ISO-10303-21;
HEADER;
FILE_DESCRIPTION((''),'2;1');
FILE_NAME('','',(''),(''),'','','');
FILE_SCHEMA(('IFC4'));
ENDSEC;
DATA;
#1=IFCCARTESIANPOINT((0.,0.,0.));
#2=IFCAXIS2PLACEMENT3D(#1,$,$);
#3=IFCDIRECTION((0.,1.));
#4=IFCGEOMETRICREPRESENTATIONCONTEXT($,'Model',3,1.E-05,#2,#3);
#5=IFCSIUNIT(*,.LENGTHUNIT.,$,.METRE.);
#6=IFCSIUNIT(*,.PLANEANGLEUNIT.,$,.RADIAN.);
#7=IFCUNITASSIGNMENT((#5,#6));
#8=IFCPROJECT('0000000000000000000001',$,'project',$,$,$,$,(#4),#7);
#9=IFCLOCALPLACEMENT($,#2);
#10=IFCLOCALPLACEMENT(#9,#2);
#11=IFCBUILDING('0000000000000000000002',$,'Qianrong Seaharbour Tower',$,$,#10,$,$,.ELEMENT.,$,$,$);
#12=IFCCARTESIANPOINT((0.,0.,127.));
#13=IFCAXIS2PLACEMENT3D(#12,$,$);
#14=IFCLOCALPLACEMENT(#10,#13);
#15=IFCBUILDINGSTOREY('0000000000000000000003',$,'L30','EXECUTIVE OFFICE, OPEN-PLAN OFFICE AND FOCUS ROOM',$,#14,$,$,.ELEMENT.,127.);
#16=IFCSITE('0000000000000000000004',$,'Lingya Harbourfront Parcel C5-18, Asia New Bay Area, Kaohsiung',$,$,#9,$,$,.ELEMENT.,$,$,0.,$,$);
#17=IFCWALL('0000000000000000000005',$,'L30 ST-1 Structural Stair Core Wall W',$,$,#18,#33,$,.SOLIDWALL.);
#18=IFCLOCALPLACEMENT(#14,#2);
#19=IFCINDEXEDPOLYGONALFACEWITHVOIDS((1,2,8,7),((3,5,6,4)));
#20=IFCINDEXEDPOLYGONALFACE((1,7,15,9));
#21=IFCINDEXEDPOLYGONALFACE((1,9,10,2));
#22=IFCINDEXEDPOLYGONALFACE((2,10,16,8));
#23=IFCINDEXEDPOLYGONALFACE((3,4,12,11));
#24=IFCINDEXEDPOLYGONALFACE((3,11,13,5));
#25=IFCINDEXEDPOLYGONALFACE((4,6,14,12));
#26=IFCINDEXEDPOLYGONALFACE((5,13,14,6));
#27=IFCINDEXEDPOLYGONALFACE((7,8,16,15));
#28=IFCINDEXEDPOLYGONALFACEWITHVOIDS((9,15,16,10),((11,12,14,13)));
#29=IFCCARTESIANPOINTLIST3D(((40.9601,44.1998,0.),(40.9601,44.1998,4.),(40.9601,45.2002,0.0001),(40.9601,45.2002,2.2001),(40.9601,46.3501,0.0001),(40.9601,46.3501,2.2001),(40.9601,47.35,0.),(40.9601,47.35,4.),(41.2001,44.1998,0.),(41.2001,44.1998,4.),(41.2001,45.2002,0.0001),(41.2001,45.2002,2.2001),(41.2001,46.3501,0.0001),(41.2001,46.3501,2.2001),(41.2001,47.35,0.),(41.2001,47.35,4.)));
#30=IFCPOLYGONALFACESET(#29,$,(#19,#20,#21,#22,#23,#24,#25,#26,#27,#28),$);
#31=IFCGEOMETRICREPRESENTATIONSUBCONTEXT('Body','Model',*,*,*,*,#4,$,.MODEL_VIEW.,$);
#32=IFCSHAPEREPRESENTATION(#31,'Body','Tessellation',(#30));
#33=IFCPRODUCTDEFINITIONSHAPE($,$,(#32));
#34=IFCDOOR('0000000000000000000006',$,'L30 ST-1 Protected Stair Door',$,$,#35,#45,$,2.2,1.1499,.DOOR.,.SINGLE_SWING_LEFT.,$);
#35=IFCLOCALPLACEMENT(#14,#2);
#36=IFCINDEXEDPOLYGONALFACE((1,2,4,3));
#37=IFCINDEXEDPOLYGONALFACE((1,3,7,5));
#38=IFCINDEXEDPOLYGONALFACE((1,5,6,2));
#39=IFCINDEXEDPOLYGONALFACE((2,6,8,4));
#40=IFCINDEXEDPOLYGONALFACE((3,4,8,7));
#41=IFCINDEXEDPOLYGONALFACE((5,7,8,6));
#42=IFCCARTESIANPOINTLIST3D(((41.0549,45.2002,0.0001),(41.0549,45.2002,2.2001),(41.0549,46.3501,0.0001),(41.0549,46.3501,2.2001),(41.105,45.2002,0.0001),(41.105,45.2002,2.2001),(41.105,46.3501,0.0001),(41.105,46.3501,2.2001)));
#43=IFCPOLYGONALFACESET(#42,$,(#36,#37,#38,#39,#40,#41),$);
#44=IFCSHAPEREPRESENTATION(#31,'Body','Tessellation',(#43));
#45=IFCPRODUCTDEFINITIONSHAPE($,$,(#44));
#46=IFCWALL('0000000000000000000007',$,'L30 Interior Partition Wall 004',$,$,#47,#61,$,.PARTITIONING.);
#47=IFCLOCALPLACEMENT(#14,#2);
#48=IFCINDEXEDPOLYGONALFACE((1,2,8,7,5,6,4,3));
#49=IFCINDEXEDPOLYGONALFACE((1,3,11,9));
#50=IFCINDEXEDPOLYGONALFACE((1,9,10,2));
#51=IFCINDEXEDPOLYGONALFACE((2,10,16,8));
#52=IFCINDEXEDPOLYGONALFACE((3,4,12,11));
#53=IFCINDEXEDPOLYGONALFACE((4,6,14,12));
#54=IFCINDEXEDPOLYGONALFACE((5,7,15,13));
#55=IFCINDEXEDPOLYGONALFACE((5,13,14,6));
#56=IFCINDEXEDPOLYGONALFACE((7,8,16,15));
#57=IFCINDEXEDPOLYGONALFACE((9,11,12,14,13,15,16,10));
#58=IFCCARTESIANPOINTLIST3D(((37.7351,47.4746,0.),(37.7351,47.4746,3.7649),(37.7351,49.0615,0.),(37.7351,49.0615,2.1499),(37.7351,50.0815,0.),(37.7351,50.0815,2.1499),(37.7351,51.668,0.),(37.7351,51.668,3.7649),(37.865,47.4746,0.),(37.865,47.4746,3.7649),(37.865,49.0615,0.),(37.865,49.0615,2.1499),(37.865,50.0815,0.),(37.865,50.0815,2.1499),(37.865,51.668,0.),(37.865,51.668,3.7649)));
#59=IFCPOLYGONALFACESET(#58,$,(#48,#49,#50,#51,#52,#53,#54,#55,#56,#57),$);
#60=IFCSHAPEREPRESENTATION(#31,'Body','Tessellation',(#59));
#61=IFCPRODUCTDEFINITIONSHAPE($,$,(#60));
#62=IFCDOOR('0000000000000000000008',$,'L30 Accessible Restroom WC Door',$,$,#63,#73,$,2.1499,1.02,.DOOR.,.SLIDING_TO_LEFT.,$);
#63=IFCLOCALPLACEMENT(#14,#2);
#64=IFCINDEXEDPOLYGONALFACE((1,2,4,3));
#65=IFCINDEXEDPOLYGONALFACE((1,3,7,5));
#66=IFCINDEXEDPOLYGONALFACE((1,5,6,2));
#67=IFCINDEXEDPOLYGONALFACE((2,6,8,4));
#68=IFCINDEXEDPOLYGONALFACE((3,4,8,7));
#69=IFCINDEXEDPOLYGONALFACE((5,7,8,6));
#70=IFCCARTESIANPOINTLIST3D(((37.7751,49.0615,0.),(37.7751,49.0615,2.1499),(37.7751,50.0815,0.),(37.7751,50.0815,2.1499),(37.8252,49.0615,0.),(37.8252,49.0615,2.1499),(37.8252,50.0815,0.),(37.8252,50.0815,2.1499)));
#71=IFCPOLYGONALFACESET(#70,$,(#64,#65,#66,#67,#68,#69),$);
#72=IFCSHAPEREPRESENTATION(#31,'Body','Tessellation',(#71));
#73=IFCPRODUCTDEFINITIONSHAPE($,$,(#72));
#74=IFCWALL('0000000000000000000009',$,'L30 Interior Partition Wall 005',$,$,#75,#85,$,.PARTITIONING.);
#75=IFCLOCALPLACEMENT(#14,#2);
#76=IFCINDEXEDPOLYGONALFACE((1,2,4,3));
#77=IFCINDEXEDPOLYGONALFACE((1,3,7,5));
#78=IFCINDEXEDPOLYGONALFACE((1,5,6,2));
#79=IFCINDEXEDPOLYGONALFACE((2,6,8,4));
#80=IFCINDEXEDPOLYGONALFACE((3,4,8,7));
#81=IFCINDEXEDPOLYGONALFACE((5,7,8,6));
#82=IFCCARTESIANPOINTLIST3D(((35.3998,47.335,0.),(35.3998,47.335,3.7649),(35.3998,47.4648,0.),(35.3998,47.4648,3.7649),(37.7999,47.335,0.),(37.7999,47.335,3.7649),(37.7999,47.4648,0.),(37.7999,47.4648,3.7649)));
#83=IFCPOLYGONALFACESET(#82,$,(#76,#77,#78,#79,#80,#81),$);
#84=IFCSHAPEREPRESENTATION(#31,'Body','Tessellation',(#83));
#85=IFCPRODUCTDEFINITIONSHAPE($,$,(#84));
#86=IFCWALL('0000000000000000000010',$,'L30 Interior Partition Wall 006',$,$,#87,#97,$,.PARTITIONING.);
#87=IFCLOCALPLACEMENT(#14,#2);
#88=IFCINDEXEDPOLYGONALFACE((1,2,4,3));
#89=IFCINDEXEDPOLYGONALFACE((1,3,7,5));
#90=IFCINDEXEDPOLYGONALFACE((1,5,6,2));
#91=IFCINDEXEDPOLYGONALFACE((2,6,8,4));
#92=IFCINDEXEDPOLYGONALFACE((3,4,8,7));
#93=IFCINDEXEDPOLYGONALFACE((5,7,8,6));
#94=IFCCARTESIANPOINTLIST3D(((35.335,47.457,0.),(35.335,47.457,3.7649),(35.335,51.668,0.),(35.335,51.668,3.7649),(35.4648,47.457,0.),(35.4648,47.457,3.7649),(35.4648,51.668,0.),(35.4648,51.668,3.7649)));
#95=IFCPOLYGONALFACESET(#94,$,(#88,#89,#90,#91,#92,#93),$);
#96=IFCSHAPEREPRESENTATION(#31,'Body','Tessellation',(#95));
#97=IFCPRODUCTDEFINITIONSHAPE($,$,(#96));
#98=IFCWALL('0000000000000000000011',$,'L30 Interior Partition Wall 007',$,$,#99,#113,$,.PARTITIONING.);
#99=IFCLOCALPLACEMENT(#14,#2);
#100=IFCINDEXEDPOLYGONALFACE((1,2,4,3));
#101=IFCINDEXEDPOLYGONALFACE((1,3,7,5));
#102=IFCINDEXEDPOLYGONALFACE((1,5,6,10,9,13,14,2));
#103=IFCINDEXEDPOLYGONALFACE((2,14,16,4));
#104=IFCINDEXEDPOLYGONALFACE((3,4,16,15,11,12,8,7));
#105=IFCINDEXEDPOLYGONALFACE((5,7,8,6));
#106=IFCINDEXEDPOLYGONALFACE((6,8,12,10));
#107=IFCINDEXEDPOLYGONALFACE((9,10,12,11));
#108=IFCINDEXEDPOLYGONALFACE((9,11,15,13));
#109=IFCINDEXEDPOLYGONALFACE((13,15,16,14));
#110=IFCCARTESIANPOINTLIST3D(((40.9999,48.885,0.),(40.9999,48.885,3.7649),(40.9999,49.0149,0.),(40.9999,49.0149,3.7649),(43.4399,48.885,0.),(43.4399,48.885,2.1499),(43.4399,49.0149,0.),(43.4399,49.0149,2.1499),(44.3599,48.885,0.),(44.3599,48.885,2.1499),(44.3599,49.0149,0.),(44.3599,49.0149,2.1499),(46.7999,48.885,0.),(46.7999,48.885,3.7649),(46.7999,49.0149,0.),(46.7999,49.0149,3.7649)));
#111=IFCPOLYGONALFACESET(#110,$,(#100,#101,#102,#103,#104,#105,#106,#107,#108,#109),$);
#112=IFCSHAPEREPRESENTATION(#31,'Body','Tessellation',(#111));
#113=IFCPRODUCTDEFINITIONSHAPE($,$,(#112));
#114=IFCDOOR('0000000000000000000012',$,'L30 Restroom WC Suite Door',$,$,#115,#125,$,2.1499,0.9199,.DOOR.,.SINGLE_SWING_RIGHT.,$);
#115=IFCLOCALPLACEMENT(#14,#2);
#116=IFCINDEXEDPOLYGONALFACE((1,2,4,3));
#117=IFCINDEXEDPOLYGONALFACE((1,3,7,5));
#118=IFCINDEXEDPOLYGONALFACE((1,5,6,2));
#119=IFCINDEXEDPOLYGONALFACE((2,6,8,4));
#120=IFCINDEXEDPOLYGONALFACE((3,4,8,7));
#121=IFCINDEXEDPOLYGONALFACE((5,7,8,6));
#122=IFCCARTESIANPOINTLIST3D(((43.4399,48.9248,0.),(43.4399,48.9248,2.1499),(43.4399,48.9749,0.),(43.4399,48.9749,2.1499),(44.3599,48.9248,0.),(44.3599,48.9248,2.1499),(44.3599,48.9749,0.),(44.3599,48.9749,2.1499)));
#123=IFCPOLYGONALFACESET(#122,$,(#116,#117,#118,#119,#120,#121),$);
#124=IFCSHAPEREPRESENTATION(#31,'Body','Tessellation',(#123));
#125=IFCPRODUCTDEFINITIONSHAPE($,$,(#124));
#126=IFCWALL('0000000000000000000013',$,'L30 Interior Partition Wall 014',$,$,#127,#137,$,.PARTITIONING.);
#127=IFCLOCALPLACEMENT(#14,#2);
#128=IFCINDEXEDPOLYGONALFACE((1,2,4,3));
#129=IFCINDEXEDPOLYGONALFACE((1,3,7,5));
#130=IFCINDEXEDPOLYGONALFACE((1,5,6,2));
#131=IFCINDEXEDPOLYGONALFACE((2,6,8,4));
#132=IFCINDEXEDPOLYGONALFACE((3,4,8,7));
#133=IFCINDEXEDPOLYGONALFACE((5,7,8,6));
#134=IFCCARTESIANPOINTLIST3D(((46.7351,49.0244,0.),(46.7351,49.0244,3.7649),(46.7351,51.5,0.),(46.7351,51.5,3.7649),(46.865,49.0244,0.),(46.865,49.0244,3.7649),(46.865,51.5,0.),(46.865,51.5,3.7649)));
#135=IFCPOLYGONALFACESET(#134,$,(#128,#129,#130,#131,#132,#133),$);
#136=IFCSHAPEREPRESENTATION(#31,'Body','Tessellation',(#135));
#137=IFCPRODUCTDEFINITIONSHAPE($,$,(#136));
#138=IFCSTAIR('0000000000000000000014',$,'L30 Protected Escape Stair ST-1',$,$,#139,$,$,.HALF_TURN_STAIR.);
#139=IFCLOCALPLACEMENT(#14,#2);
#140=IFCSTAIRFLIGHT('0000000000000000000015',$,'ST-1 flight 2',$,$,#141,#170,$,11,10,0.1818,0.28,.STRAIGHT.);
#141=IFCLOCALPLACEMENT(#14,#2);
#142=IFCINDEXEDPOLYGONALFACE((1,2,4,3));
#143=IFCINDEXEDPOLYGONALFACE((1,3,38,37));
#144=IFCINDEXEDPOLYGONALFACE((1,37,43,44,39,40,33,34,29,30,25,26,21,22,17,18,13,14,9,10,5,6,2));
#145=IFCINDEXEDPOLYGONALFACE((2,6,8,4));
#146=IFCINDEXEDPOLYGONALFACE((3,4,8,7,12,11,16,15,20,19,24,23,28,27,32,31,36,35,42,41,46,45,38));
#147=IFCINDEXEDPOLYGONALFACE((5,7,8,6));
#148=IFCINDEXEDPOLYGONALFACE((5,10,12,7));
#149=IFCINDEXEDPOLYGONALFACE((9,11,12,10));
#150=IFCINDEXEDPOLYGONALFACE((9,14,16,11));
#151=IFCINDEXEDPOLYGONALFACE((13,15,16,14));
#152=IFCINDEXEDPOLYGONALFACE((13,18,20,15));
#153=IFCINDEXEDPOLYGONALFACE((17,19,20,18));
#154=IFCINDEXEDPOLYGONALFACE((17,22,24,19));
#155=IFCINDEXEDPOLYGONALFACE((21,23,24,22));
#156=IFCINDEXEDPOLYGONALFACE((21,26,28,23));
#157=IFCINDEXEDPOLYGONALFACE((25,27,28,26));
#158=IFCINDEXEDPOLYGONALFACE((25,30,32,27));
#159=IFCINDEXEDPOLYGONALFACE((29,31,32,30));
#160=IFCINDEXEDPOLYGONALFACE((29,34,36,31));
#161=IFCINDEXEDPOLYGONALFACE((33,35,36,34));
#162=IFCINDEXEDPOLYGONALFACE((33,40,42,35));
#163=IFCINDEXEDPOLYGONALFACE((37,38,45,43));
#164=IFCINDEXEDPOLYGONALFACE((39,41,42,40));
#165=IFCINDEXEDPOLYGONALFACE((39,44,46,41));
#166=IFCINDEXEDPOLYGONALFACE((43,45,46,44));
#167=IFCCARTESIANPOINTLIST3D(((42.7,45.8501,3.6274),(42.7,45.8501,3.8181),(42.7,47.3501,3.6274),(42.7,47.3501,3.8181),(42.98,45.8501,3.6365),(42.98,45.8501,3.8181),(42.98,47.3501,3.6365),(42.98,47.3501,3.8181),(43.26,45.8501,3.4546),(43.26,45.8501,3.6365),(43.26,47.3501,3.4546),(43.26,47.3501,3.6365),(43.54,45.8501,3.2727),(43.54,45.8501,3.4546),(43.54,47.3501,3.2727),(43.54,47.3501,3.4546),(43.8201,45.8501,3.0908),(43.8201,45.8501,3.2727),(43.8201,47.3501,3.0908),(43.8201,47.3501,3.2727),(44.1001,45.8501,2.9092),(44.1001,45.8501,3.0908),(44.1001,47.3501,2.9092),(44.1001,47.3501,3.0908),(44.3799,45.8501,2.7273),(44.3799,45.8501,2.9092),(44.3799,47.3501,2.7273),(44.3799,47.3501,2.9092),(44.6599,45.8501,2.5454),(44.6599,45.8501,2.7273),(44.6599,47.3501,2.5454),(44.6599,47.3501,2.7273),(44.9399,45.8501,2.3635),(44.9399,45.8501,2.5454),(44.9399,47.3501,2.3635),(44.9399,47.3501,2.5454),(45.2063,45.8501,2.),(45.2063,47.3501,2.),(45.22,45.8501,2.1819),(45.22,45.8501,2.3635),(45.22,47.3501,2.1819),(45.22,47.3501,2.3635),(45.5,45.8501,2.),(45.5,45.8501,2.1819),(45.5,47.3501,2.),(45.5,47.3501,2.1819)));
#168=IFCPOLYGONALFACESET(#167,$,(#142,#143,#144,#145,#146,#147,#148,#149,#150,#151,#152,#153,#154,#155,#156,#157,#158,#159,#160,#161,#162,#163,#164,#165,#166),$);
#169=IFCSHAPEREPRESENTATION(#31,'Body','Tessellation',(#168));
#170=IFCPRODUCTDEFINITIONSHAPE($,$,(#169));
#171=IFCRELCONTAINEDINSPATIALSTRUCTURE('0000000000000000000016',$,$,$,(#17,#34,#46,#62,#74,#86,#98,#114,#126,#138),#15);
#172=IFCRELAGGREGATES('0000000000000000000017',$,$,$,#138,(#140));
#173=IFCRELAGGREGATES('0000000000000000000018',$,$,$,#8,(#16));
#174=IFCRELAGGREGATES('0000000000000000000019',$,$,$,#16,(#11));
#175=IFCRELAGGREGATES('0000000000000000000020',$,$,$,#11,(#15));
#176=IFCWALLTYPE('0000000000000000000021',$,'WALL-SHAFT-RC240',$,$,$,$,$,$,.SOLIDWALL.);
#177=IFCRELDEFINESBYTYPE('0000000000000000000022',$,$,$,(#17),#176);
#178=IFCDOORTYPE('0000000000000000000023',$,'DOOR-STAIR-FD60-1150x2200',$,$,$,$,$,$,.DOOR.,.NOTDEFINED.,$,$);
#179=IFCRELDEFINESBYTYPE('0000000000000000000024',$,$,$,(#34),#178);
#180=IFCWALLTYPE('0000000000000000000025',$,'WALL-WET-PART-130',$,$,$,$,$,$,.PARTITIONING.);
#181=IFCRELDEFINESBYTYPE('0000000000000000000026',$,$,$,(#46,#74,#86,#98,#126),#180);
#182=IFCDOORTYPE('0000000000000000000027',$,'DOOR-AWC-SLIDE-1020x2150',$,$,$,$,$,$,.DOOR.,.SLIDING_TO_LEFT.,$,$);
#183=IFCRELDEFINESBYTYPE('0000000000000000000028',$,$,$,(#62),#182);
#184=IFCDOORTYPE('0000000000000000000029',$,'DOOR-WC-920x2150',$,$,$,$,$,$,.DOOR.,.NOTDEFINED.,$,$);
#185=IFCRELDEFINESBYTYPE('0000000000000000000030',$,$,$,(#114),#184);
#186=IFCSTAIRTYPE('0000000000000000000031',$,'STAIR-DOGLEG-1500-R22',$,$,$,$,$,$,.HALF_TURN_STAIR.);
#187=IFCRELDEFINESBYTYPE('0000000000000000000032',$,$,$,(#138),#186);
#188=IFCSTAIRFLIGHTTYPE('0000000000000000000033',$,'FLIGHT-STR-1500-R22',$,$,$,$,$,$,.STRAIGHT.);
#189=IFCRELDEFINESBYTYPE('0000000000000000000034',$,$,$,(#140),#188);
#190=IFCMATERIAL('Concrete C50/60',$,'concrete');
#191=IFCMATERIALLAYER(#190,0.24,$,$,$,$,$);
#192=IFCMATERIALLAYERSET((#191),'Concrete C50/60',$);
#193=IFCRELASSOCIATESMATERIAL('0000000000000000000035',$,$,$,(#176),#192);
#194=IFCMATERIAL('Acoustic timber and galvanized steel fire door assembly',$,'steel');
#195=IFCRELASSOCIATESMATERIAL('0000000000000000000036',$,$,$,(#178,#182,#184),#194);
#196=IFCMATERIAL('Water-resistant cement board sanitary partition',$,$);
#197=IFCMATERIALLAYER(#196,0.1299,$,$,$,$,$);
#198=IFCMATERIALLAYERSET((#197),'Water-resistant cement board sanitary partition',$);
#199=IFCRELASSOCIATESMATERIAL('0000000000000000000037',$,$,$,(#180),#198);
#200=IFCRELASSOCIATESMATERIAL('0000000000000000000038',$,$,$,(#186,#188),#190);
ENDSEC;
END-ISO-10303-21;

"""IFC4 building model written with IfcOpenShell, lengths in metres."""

from ifc_helpers import new_model, si_unit, direction, frame, frame_2d, origin, place, context, subcontext, project, spatial, polyline, rectangle, outline, extrude, material, layer, layer_set, type_object, element, fill, aggregate, save


model = new_model("IFC4")

# Units and contexts
model_context = context("Model", 3, precision=1e-05, world=origin(), true_north=direction((0.0, 1.0)))
body_context = subcontext(model_context, "Body", "Model", "MODEL_VIEW")
ifc_project = project(units=[si_unit("LENGTHUNIT", "METRE"), si_unit("PLANEANGLEUNIT", "RADIAN")], contexts=[model_context])

# Site, building, storey
site_placement = place(None, origin())
site = spatial("IfcSite", under=ifc_project, at=site_placement, Name="Lingya Harbourfront Parcel C5-18, Asia New Bay Area, Kaohsiung", CompositionType="ELEMENT", RefElevation=0.0)
building_placement = place(site_placement, origin())
building = spatial("IfcBuilding", under=site, at=building_placement, Name="Qianrong Seaharbour Tower", CompositionType="ELEMENT")
storey_placement = place(building_placement, frame((0.0, 0.0, 127.0)))
storey = spatial("IfcBuildingStorey", under=building, at=storey_placement, Name="L30", Description="EXECUTIVE OFFICE, OPEN-PLAN OFFICE AND FOCUS ROOM", CompositionType="ELEMENT", Elevation=127.0)

# Shared definitions
ifc_material_1 = material(Name="Acoustic timber and galvanized steel fire door assembly", Category="steel")

# Shared definitions
ifc_material_2 = material(Name="Concrete C50/60", Category="concrete")
ifc_layer_1 = layer(ifc_material_2, 0.24)
ifc_layer_set_1 = layer_set([ifc_layer_1], Name="Concrete C50/60")
wall_type_1 = type_object("IfcWallType", Name="WALL-SHAFT-RC240", PredefinedType="SOLIDWALL", material=ifc_layer_set_1)

# Walls, openings, doors
wall_1_placement = place(storey_placement, frame((41.0801, 47.3501, 0.0), z_axis=(0.0, 0.0, 1.0), x_axis=(0.0, -1.0, 0.0)))
wall_1 = element("IfcWall", 1, at=wall_1_placement, inside=storey, type_object=wall_type_1, Name="L30 ST-1 Structural Stair Core Wall W", PredefinedType="SOLIDWALL", context=body_context, shape_type="SweptSolid", body=[
    extrude(rectangle(XDim=3.1501, YDim=0.24, at=frame_2d((1.5752, 0.0))), origin(), (0.0, 0.0, 1.0), 4.0),
])
opening_1_placement = place(wall_1_placement, frame((1.0, 0.0, 0.0)))
opening_1 = element("IfcOpeningElement", 2, at=opening_1_placement, cuts=wall_1, PredefinedType="OPENING", context=body_context, shape_type="SweptSolid", body=[
    extrude(rectangle(XDim=1.1499, YDim=2.2, at=frame_2d((0.575, 1.1001))), frame((0.0, 0.1299, 0.0), z_axis=(0.0, -1.0, 0.0), x_axis=(1.0, 0.0, 0.0)), (0.0, 0.0, 1.0), 0.26),
])
door_type_1 = type_object("IfcDoorType", Name="DOOR-STAIR-FD60-1150x2200", OperationType="NOTDEFINED", PredefinedType="DOOR", material=ifc_material_1)
door_1_placement = place(opening_1_placement, origin())
door_1 = element("IfcDoor", 3, at=door_1_placement, inside=storey, type_object=door_type_1, Name="L30 ST-1 Protected Stair Door", OperationType="SINGLE_SWING_LEFT", OverallHeight=2.2, OverallWidth=1.1499, PredefinedType="DOOR", context=body_context, shape_type="SweptSolid", body=[
    extrude(rectangle(XDim=1.1499, YDim=2.2, at=frame_2d((0.575, 1.1001))), frame((0.0, 0.0249, 0.0), z_axis=(0.0, -1.0, 0.0), x_axis=(1.0, 0.0, 0.0)), (0.0, 0.0, 1.0), 0.05),
])
fill(opening_1, door_1)
ifc_material_3 = material(Name="Water-resistant cement board sanitary partition")
ifc_layer_2 = layer(ifc_material_3, 0.1299)
ifc_layer_set_2 = layer_set([ifc_layer_2], Name="Water-resistant cement board sanitary partition")
wall_type_2 = type_object("IfcWallType", Name="WALL-WET-PART-130", PredefinedType="PARTITIONING", material=ifc_layer_set_2)
wall_2_placement = place(storey_placement, frame((37.8, 47.4746, 0.0), z_axis=(0.0, 0.0, 1.0), x_axis=(0.0, 1.0, 0.0)))
wall_2 = element("IfcWall", 4, at=wall_2_placement, inside=storey, type_object=wall_type_2, Name="L30 Interior Partition Wall 004", PredefinedType="PARTITIONING", context=body_context, shape_type="SweptSolid", body=[
    extrude(rectangle(XDim=4.1934, YDim=0.1299, at=frame_2d((2.0967, 0.0))), origin(), (0.0, 0.0, 1.0), 3.7649),
])
opening_2_placement = place(wall_2_placement, frame((1.5869, 0.0, 0.0)))
opening_2 = element("IfcOpeningElement", 5, at=opening_2_placement, cuts=wall_2, PredefinedType="OPENING", context=body_context, shape_type="SweptSolid", body=[
    extrude(rectangle(XDim=1.02, YDim=2.1499, at=frame_2d((0.51, 1.075))), frame((0.0, 0.075, 0.0), z_axis=(0.0, -1.0, 0.0), x_axis=(1.0, 0.0, 0.0)), (0.0, 0.0, 1.0), 0.1499),
])
door_type_2 = type_object("IfcDoorType", Name="DOOR-AWC-SLIDE-1020x2150", OperationType="SLIDING_TO_LEFT", PredefinedType="DOOR", material=ifc_material_1)
door_2_placement = place(opening_2_placement, origin())
door_2 = element("IfcDoor", 6, at=door_2_placement, inside=storey, type_object=door_type_2, Name="L30 Accessible Restroom WC Door", OperationType="SLIDING_TO_LEFT", OverallHeight=2.1499, OverallWidth=1.02, PredefinedType="DOOR", context=body_context, shape_type="SweptSolid", body=[
    extrude(rectangle(XDim=1.02, YDim=2.1499, at=frame_2d((0.51, 1.075))), frame((0.0, 0.0249, 0.0), z_axis=(0.0, -1.0, 0.0), x_axis=(1.0, 0.0, 0.0)), (0.0, 0.0, 1.0), 0.05),
])
fill(opening_2, door_2)

# Walls
wall_3_placement = place(storey_placement, frame((37.8, 47.3999, 0.0), z_axis=(0.0, 0.0, 1.0), x_axis=(-1.0, 0.0, 0.0)))
element("IfcWall", 7, at=wall_3_placement, inside=storey, type_object=wall_type_2, Name="L30 Interior Partition Wall 005", PredefinedType="PARTITIONING", context=body_context, shape_type="SweptSolid", body=[
    extrude(rectangle(XDim=2.4001, YDim=0.1299, at=frame_2d((1.2002, 0.0))), origin(), (0.0, 0.0, 1.0), 3.7649),
])
wall_4_placement = place(storey_placement, frame((35.3999, 47.457, 0.0), z_axis=(0.0, 0.0, 1.0), x_axis=(0.0, 1.0, 0.0)))
element("IfcWall", 8, at=wall_4_placement, inside=storey, type_object=wall_type_2, Name="L30 Interior Partition Wall 006", PredefinedType="PARTITIONING", context=body_context, shape_type="SweptSolid", body=[
    extrude(rectangle(XDim=4.2109, YDim=0.1299, at=frame_2d((2.1055, 0.0))), origin(), (0.0, 0.0, 1.0), 3.7649),
])

# Wall, opening, door
wall_5_placement = place(storey_placement, frame((41.0, 48.95, 0.0), z_axis=(0.0, 0.0, 1.0), x_axis=(1.0, 0.0, 0.0)))
wall_5 = element("IfcWall", 9, at=wall_5_placement, inside=storey, type_object=wall_type_2, Name="L30 Interior Partition Wall 007", PredefinedType="PARTITIONING", context=body_context, shape_type="SweptSolid", body=[
    extrude(rectangle(XDim=5.8, YDim=0.1299, at=frame_2d((2.8999, 0.0))), origin(), (0.0, 0.0, 1.0), 3.7649),
])
opening_3_placement = place(wall_5_placement, frame((2.4399, 0.0, 0.0)))
opening_3 = element("IfcOpeningElement", 10, at=opening_3_placement, cuts=wall_5, PredefinedType="OPENING", context=body_context, shape_type="SweptSolid", body=[
    extrude(rectangle(XDim=0.9199, YDim=2.1499, at=frame_2d((0.46, 1.075))), frame((0.0, 0.075, 0.0), z_axis=(0.0, -1.0, 0.0), x_axis=(1.0, 0.0, 0.0)), (0.0, 0.0, 1.0), 0.1499),
])
door_type_3 = type_object("IfcDoorType", Name="DOOR-WC-920x2150", OperationType="NOTDEFINED", PredefinedType="DOOR", material=ifc_material_1)
door_3_placement = place(opening_3_placement, origin())
door_3 = element("IfcDoor", 11, at=door_3_placement, inside=storey, type_object=door_type_3, Name="L30 Restroom WC Suite Door", OperationType="SINGLE_SWING_RIGHT", OverallHeight=2.1499, OverallWidth=0.9199, PredefinedType="DOOR", context=body_context, shape_type="SweptSolid", body=[
    extrude(rectangle(XDim=0.9199, YDim=2.1499, at=frame_2d((0.46, 1.075))), frame((0.0, 0.0249, 0.0), z_axis=(0.0, -1.0, 0.0), x_axis=(1.0, 0.0, 0.0)), (0.0, 0.0, 1.0), 0.05),
])
fill(opening_3, door_3)

# Wall
wall_6_placement = place(storey_placement, frame((46.8, 51.5, 0.0), z_axis=(0.0, 0.0, 1.0), x_axis=(0.0, -1.0, 0.0)))
element("IfcWall", 12, at=wall_6_placement, inside=storey, type_object=wall_type_2, Name="L30 Interior Partition Wall 014", PredefinedType="PARTITIONING", context=body_context, shape_type="SweptSolid", body=[
    extrude(rectangle(XDim=2.4756, YDim=0.1299, at=frame_2d((1.2378, 0.0))), origin(), (0.0, 0.0, 1.0), 3.7649),
])

# Stair, stair flight
stair_type = type_object("IfcStairType", Name="STAIR-DOGLEG-1500-R22", PredefinedType="HALF_TURN_STAIR", material=ifc_material_2)
stair_placement = place(storey_placement, origin())
stair = element("IfcStair", 13, at=stair_placement, inside=storey, type_object=stair_type, Name="L30 Protected Escape Stair ST-1", PredefinedType="HALF_TURN_STAIR")
stair_flight_type = type_object("IfcStairFlightType", Name="FLIGHT-STR-1500-R22", PredefinedType="STRAIGHT", material=ifc_material_2)
stair_flight_placement = place(storey_placement, frame((45.5, 46.6001, 2.0), z_axis=(0.0, 0.0, 1.0), x_axis=(-1.0, 0.0, 0.0)))
stair_flight = element("IfcStairFlight", 14, at=stair_flight_placement, type_object=stair_flight_type, Name="ST-1 flight 2", NumberOfRisers=11, NumberOfTreads=10, PredefinedType="STRAIGHT", RiserHeight=0.1818, TreadLength=0.28, context=body_context, shape_type="SweptSolid", body=[
    extrude(outline(polyline([(0.0, 0.0), (0.0, 0.1819), (0.28, 0.1819), (0.28, 0.3635), (0.5601, 0.3635), (0.5601, 0.5454), (0.8401, 0.5454), (0.8401, 0.7273), (1.1201, 0.7273), (1.1201, 0.9092), (1.3999, 0.9092), (1.3999, 1.0908), (1.6799, 1.0908), (1.6799, 1.2727), (1.96, 1.2727), (1.96, 1.4546), (2.24, 1.4546), (2.24, 1.6365), (2.52, 1.6365), (2.52, 1.8181), (2.8, 1.8181), (2.8, 2.0), (2.8, 1.6274), (0.2937, 0.0), (0.0, 0.0)])), frame((0.0, 0.75, 0.0), z_axis=(0.0, -1.0, 0.0), x_axis=(1.0, 0.0, 0.0)), (0.0, 0.0, 1.0), 1.5),
])
aggregate(stair, [stair_flight])

save(model, "model.ifc")
